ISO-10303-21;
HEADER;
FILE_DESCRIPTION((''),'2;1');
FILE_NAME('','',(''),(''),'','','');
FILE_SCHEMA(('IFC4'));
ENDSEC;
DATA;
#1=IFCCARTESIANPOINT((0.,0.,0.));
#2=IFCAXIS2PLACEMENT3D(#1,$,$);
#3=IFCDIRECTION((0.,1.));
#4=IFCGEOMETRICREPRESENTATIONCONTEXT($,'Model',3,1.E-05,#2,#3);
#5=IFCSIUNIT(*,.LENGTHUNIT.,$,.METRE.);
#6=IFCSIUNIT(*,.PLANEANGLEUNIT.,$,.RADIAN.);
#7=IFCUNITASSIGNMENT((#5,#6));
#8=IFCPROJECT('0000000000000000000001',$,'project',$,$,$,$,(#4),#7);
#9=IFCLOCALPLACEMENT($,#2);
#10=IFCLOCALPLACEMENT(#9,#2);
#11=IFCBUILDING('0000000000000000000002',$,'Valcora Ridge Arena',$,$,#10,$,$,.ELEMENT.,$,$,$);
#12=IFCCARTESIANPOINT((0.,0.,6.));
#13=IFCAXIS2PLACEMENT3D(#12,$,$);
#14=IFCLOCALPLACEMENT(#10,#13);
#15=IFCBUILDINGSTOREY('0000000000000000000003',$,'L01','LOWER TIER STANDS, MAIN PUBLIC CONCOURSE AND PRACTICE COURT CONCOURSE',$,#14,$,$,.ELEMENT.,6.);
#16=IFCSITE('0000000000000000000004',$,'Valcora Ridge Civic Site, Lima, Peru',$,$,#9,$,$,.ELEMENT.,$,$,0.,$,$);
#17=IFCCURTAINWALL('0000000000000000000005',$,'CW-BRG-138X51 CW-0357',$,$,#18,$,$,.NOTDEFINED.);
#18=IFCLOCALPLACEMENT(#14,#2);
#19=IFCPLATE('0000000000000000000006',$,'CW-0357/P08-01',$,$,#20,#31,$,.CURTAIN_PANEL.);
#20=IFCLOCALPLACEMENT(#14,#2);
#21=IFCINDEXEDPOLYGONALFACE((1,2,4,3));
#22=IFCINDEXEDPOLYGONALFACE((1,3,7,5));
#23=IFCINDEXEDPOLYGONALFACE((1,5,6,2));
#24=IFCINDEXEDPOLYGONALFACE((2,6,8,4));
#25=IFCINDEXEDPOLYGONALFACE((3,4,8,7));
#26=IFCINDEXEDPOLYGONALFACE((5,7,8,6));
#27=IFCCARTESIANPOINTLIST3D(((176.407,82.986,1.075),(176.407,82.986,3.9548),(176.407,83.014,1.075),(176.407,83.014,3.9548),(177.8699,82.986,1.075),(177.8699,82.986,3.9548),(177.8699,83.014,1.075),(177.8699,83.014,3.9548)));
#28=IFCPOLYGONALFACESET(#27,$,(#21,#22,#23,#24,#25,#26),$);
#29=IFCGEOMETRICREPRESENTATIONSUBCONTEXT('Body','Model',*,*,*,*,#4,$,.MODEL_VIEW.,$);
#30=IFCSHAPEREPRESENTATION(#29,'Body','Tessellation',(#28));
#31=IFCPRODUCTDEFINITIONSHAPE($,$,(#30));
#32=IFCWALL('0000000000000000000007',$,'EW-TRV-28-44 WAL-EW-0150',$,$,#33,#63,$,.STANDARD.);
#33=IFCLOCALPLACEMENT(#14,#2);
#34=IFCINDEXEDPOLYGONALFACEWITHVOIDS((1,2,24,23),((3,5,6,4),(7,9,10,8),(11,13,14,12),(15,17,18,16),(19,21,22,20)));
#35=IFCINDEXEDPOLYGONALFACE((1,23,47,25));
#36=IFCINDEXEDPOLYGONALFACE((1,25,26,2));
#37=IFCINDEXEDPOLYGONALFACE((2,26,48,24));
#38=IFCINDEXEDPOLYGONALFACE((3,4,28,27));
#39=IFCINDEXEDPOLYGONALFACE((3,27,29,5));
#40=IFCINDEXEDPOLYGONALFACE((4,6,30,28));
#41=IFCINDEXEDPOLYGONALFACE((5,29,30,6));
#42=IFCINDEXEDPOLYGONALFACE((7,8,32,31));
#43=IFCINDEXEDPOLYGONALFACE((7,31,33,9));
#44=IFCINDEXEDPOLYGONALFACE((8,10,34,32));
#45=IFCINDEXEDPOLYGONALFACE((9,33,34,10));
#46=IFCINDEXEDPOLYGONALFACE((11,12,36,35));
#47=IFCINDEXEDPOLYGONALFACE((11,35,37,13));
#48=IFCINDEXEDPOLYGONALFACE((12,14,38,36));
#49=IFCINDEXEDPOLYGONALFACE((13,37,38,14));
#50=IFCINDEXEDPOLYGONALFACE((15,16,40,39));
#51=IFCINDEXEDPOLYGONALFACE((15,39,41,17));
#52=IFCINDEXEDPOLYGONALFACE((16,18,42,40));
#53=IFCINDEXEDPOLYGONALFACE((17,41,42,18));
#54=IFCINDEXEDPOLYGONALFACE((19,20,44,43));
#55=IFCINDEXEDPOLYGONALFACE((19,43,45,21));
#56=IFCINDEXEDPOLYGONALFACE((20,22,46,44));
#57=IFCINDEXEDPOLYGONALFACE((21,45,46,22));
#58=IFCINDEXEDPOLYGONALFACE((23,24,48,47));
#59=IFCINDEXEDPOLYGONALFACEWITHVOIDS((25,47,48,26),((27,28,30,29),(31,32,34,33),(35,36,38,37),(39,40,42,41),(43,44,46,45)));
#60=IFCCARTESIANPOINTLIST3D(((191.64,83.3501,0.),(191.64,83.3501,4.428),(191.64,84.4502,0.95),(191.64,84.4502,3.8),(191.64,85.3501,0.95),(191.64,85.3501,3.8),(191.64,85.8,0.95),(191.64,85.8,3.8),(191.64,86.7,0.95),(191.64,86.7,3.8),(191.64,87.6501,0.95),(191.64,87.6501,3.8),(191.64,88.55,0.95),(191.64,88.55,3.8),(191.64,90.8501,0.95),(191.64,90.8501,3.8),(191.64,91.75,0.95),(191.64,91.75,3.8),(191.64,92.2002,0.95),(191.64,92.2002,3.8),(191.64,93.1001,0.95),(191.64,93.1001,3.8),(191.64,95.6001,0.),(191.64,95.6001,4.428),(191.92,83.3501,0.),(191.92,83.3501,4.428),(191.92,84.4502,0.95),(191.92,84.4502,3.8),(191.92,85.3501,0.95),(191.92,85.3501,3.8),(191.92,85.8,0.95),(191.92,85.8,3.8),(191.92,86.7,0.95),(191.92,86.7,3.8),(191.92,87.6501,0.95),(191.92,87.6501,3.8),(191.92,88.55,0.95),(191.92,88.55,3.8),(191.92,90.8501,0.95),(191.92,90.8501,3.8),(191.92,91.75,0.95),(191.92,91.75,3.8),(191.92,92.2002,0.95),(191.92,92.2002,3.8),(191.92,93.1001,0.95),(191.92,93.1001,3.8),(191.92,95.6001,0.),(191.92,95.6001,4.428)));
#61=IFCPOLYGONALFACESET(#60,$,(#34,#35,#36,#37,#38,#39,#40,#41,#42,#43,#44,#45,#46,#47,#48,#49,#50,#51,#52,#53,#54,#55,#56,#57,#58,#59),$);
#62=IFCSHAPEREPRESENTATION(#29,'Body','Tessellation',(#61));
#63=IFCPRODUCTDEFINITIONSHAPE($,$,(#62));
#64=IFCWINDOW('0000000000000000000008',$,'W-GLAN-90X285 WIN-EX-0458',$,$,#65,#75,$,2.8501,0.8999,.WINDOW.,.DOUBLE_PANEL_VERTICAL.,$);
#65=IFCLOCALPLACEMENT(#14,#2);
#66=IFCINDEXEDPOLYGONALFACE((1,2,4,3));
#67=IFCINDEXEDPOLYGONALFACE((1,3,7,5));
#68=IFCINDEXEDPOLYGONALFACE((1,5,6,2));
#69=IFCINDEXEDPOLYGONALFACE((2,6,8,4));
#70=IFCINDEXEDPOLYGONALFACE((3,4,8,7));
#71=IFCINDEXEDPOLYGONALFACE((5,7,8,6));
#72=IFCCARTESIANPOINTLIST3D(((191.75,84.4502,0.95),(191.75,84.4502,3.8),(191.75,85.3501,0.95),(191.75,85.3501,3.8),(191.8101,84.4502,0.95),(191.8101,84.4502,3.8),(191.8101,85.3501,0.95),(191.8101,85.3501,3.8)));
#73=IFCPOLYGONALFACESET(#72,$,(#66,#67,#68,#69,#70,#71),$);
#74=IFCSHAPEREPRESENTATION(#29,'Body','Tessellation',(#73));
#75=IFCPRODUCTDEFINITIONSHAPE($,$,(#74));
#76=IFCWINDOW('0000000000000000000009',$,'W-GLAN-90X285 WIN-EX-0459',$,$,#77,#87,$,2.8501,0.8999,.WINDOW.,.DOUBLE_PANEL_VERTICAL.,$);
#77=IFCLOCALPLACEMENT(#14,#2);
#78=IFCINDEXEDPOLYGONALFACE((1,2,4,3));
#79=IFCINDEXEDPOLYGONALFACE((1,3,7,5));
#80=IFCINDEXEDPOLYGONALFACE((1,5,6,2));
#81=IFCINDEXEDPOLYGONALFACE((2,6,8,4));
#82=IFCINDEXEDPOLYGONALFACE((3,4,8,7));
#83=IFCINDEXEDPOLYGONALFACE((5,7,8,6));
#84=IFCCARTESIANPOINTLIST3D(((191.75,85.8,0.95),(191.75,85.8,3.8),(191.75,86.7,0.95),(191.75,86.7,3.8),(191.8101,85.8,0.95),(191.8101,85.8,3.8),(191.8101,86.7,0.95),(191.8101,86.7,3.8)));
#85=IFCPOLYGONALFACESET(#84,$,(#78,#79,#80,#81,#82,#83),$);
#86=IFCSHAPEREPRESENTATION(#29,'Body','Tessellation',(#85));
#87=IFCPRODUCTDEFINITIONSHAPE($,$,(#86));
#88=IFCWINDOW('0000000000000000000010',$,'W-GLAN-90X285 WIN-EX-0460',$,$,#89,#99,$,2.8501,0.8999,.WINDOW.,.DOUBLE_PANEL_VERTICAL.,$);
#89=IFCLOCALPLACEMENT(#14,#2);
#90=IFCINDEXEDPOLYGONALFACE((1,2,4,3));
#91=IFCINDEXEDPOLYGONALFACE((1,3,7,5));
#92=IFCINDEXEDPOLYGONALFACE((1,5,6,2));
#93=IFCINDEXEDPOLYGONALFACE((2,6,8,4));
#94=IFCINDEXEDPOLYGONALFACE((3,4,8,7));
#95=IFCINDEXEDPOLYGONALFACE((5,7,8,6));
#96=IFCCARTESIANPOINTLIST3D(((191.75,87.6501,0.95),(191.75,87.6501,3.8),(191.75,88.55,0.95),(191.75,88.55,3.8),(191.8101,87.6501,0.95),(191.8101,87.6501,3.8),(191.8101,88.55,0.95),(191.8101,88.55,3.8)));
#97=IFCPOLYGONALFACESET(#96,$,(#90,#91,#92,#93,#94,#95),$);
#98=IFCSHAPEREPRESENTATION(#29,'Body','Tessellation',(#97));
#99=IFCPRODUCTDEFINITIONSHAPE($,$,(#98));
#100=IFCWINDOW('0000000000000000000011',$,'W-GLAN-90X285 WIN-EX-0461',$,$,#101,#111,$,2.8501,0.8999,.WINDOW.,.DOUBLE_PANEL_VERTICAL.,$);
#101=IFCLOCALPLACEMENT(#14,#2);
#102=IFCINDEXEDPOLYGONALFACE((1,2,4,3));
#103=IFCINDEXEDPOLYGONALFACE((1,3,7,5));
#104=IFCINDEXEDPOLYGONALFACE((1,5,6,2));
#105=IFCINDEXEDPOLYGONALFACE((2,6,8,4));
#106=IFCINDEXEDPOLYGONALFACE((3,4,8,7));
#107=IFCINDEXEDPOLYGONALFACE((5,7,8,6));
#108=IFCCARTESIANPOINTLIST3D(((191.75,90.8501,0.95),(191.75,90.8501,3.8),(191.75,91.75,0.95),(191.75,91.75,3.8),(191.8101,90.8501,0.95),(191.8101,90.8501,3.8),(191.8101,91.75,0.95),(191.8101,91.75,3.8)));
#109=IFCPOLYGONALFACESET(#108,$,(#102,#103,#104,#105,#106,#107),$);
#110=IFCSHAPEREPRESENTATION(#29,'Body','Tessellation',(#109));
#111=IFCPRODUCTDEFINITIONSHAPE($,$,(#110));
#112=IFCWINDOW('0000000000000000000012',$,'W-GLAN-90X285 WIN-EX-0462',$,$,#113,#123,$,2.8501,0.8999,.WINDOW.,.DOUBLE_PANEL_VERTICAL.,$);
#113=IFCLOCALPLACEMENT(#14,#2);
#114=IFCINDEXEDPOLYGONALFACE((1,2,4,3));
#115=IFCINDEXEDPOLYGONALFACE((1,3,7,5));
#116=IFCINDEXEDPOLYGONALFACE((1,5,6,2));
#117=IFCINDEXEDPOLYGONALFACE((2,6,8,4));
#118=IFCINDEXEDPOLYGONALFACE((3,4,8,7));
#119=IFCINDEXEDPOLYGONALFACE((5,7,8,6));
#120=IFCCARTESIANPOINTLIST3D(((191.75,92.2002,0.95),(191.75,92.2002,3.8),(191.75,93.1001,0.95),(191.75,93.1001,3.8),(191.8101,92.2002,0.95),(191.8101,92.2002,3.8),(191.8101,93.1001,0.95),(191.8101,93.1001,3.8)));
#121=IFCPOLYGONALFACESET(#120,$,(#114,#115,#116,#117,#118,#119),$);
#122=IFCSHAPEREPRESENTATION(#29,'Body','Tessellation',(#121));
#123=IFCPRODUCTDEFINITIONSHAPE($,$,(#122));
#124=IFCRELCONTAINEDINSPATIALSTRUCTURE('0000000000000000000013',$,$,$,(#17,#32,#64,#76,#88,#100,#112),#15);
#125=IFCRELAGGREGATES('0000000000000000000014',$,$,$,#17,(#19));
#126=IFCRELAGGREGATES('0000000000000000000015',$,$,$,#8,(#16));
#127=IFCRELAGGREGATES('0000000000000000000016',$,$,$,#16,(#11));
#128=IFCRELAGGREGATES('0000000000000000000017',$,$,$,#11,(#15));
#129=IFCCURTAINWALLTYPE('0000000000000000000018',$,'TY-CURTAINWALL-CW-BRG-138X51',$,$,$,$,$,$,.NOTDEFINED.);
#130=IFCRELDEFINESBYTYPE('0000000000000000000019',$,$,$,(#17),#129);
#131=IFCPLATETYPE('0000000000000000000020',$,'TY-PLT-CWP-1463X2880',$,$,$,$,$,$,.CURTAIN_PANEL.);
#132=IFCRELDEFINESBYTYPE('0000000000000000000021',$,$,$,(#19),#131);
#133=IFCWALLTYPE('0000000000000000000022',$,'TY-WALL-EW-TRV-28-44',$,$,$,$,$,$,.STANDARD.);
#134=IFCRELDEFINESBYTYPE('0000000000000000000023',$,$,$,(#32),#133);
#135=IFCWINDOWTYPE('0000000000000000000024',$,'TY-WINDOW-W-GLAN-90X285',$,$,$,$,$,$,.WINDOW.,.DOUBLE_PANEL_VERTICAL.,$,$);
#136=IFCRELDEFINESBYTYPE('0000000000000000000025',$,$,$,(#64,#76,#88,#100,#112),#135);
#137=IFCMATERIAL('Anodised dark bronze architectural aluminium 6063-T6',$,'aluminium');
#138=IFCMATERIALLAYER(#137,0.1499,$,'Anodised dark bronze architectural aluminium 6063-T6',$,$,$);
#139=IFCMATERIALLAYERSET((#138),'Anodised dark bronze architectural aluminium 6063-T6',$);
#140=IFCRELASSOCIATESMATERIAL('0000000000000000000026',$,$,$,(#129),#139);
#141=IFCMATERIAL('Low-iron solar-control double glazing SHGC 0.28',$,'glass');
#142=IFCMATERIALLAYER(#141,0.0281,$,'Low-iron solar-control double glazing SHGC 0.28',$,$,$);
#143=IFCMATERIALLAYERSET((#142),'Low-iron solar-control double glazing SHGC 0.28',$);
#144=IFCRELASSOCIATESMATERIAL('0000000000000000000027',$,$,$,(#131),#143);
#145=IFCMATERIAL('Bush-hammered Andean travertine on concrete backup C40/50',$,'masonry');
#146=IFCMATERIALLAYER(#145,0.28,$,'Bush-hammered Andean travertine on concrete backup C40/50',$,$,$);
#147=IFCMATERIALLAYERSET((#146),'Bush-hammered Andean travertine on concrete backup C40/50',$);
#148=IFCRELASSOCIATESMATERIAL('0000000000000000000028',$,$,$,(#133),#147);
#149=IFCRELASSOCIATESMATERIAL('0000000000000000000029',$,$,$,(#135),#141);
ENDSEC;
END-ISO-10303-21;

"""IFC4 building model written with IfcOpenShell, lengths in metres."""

from ifc_helpers import new_model, si_unit, direction, frame, frame_2d, origin, origin_2d, place, context, subcontext, project, spatial, rectangle, extrude, material, layer, layer_set, type_object, element, fill, aggregate, save


model = new_model("IFC4")

# Units and contexts
model_context = context("Model", 3, precision=1e-05, world=origin(), true_north=direction((0.0, 1.0)))
body_context = subcontext(model_context, "Body", "Model", "MODEL_VIEW")
ifc_project = project(units=[si_unit("LENGTHUNIT", "METRE"), si_unit("PLANEANGLEUNIT", "RADIAN")], contexts=[model_context])

# Site, building, storey
site_placement = place(None, origin())
site = spatial("IfcSite", under=ifc_project, at=site_placement, Name="Valcora Ridge Civic Site, Lima, Peru", CompositionType="ELEMENT", RefElevation=0.0)
building_placement = place(site_placement, origin())
building = spatial("IfcBuilding", under=site, at=building_placement, Name="Valcora Ridge Arena", CompositionType="ELEMENT")
storey_placement = place(building_placement, frame((0.0, 0.0, 6.0)))
storey = spatial("IfcBuildingStorey", under=building, at=storey_placement, Name="L01", Description="LOWER TIER STANDS, MAIN PUBLIC CONCOURSE AND PRACTICE COURT CONCOURSE", CompositionType="ELEMENT", Elevation=6.0)

# Curtain wall, plate
ifc_material_1 = material(Name="Anodised dark bronze architectural aluminium 6063-T6", Category="aluminium")
ifc_layer_1 = layer(ifc_material_1, 0.1499, Name="Anodised dark bronze architectural aluminium 6063-T6")
ifc_layer_set_1 = layer_set([ifc_layer_1], Name="Anodised dark bronze architectural aluminium 6063-T6")
curtain_wall_type = type_object("IfcCurtainWallType", Name="TY-CURTAINWALL-CW-BRG-138X51", PredefinedType="NOTDEFINED", material=ifc_layer_set_1)
curtain_wall_placement = place(storey_placement, origin())
curtain_wall = element("IfcCurtainWall", 1, at=curtain_wall_placement, inside=storey, type_object=curtain_wall_type, Name="CW-BRG-138X51 CW-0357", PredefinedType="NOTDEFINED")
ifc_material_2 = material(Name="Low-iron solar-control double glazing SHGC 0.28", Category="glass")
ifc_layer_2 = layer(ifc_material_2, 0.0281, Name="Low-iron solar-control double glazing SHGC 0.28")
ifc_layer_set_2 = layer_set([ifc_layer_2], Name="Low-iron solar-control double glazing SHGC 0.28")
plate_type_1 = type_object("IfcPlateType", Name="TY-PLT-CWP-1463X2880", PredefinedType="CURTAIN_PANEL", material=ifc_layer_set_2)
plate_1_placement = place(storey_placement, frame((177.1384, 83.0, 1.075), z_axis=(0.0, 0.0, 1.0), x_axis=(1.0, 0.0, 0.0)))
plate_1 = element("IfcPlate", 2, at=plate_1_placement, type_object=plate_type_1, Name="CW-0357/P08-01", PredefinedType="CURTAIN_PANEL", context=body_context, shape_type="SweptSolid", body=[
    extrude(rectangle(XDim=1.4629, YDim=0.0281, at=origin_2d()), origin(), (0.0, 0.0, 1.0), 2.8799),
])
aggregate(curtain_wall, [plate_1])

# Wall, openings, windows
ifc_material_3 = material(Name="Bush-hammered Andean travertine on concrete backup C40/50", Category="masonry")
ifc_layer_3 = layer(ifc_material_3, 0.28, Name="Bush-hammered Andean travertine on concrete backup C40/50")
ifc_layer_set_3 = layer_set([ifc_layer_3], Name="Bush-hammered Andean travertine on concrete backup C40/50")
wall_type_1 = type_object("IfcWallType", Name="TY-WALL-EW-TRV-28-44", PredefinedType="STANDARD", material=ifc_layer_set_3)
wall_1_placement = place(storey_placement, frame((191.78, 83.3501, 0.0), z_axis=(0.0, 0.0, 1.0), x_axis=(0.0, 1.0, 0.0)))
wall_1 = element("IfcWall", 3, at=wall_1_placement, inside=storey, type_object=wall_type_1, Name="EW-TRV-28-44 WAL-EW-0150", PredefinedType="STANDARD", context=body_context, shape_type="SweptSolid", body=[
    extrude(rectangle(XDim=12.25, YDim=0.28, at=frame_2d((6.125, 0.0))), origin(), (0.0, 0.0, 1.0), 4.428),
])
opening_1_placement = place(wall_1_placement, frame((1.1001, 0.0, 0.95)))
opening_1 = element("IfcOpeningElement", 4, at=opening_1_placement, cuts=wall_1, PredefinedType="OPENING", context=body_context, shape_type="SweptSolid", body=[
    extrude(rectangle(XDim=0.8999, YDim=2.8501, at=frame_2d((0.45, 1.425))), frame((0.0, 0.1499, 0.0), z_axis=(0.0, -1.0, 0.0), x_axis=(1.0, 0.0, 0.0)), (0.0, 0.0, 1.0), 0.3),
])
opening_2_placement = place(wall_1_placement, frame((2.45, 0.0, 0.95)))
opening_2 = element("IfcOpeningElement", 5, at=opening_2_placement, cuts=wall_1, PredefinedType="OPENING", context=body_context, shape_type="SweptSolid", body=[
    extrude(rectangle(XDim=0.8999, YDim=2.8501, at=frame_2d((0.45, 1.425))), frame((0.0, 0.1499, 0.0), z_axis=(0.0, -1.0, 0.0), x_axis=(1.0, 0.0, 0.0)), (0.0, 0.0, 1.0), 0.3),
])
opening_3_placement = place(wall_1_placement, frame((4.3, 0.0, 0.95)))
opening_3 = element("IfcOpeningElement", 6, at=opening_3_placement, cuts=wall_1, PredefinedType="OPENING", context=body_context, shape_type="SweptSolid", body=[
    extrude(rectangle(XDim=0.8999, YDim=2.8501, at=frame_2d((0.45, 1.425))), frame((0.0, 0.1499, 0.0), z_axis=(0.0, -1.0, 0.0), x_axis=(1.0, 0.0, 0.0)), (0.0, 0.0, 1.0), 0.3),
])
opening_4_placement = place(wall_1_placement, frame((7.5, 0.0, 0.95)))
opening_4 = element("IfcOpeningElement", 7, at=opening_4_placement, cuts=wall_1, PredefinedType="OPENING", context=body_context, shape_type="SweptSolid", body=[
    extrude(rectangle(XDim=0.8999, YDim=2.8501, at=frame_2d((0.45, 1.425))), frame((0.0, 0.1499, 0.0), z_axis=(0.0, -1.0, 0.0), x_axis=(1.0, 0.0, 0.0)), (0.0, 0.0, 1.0), 0.3),
])
opening_5_placement = place(wall_1_placement, frame((8.8501, 0.0, 0.95)))
opening_5 = element("IfcOpeningElement", 8, at=opening_5_placement, cuts=wall_1, PredefinedType="OPENING", context=body_context, shape_type="SweptSolid", body=[
    extrude(rectangle(XDim=0.8999, YDim=2.8501, at=frame_2d((0.45, 1.425))), frame((0.0, 0.1499, 0.0), z_axis=(0.0, -1.0, 0.0), x_axis=(1.0, 0.0, 0.0)), (0.0, 0.0, 1.0), 0.3),
])
window_type = type_object("IfcWindowType", Name="TY-WINDOW-W-GLAN-90X285", PartitioningType="DOUBLE_PANEL_VERTICAL", PredefinedType="WINDOW", material=ifc_material_2)
window_1_placement = place(opening_1_placement, origin())
window_1 = element("IfcWindow", 9, at=window_1_placement, inside=storey, type_object=window_type, Name="W-GLAN-90X285 WIN-EX-0458", OverallHeight=2.8501, OverallWidth=0.8999, PartitioningType="DOUBLE_PANEL_VERTICAL", PredefinedType="WINDOW", context=body_context, shape_type="SweptSolid", body=[
    extrude(rectangle(XDim=0.8999, YDim=2.8501, at=frame_2d((0.45, 1.425))), frame((0.0, 0.03, 0.0), z_axis=(0.0, -1.0, 0.0), x_axis=(1.0, 0.0, 0.0)), (0.0, 0.0, 1.0), 0.0601),
])
fill(opening_1, window_1)
window_2_placement = place(opening_2_placement, origin())
window_2 = element("IfcWindow", 10, at=window_2_placement, inside=storey, type_object=window_type, Name="W-GLAN-90X285 WIN-EX-0459", OverallHeight=2.8501, OverallWidth=0.8999, PartitioningType="DOUBLE_PANEL_VERTICAL", PredefinedType="WINDOW", context=body_context, shape_type="SweptSolid", body=[
    extrude(rectangle(XDim=0.8999, YDim=2.8501, at=frame_2d((0.45, 1.425))), frame((0.0, 0.03, 0.0), z_axis=(0.0, -1.0, 0.0), x_axis=(1.0, 0.0, 0.0)), (0.0, 0.0, 1.0), 0.0601),
])
fill(opening_2, window_2)
window_3_placement = place(opening_3_placement, origin())
window_3 = element("IfcWindow", 11, at=window_3_placement, inside=storey, type_object=window_type, Name="W-GLAN-90X285 WIN-EX-0460", OverallHeight=2.8501, OverallWidth=0.8999, PartitioningType="DOUBLE_PANEL_VERTICAL", PredefinedType="WINDOW", context=body_context, shape_type="SweptSolid", body=[
    extrude(rectangle(XDim=0.8999, YDim=2.8501, at=frame_2d((0.45, 1.425))), frame((0.0, 0.03, 0.0), z_axis=(0.0, -1.0, 0.0), x_axis=(1.0, 0.0, 0.0)), (0.0, 0.0, 1.0), 0.0601),
])
fill(opening_3, window_3)
window_4_placement = place(opening_4_placement, origin())
window_4 = element("IfcWindow", 12, at=window_4_placement, inside=storey, type_object=window_type, Name="W-GLAN-90X285 WIN-EX-0461", OverallHeight=2.8501, OverallWidth=0.8999, PartitioningType="DOUBLE_PANEL_VERTICAL", PredefinedType="WINDOW", context=body_context, shape_type="SweptSolid", body=[
    extrude(rectangle(XDim=0.8999, YDim=2.8501, at=frame_2d((0.45, 1.425))), frame((0.0, 0.03, 0.0), z_axis=(0.0, -1.0, 0.0), x_axis=(1.0, 0.0, 0.0)), (0.0, 0.0, 1.0), 0.0601),
])
fill(opening_4, window_4)
window_5_placement = place(opening_5_placement, origin())
window_5 = element("IfcWindow", 13, at=window_5_placement, inside=storey, type_object=window_type, Name="W-GLAN-90X285 WIN-EX-0462", OverallHeight=2.8501, OverallWidth=0.8999, PartitioningType="DOUBLE_PANEL_VERTICAL", PredefinedType="WINDOW", context=body_context, shape_type="SweptSolid", body=[
    extrude(rectangle(XDim=0.8999, YDim=2.8501, at=frame_2d((0.45, 1.425))), frame((0.0, 0.03, 0.0), z_axis=(0.0, -1.0, 0.0), x_axis=(1.0, 0.0, 0.0)), (0.0, 0.0, 1.0), 0.0601),
])
fill(opening_5, window_5)

save(model, "model.ifc")
